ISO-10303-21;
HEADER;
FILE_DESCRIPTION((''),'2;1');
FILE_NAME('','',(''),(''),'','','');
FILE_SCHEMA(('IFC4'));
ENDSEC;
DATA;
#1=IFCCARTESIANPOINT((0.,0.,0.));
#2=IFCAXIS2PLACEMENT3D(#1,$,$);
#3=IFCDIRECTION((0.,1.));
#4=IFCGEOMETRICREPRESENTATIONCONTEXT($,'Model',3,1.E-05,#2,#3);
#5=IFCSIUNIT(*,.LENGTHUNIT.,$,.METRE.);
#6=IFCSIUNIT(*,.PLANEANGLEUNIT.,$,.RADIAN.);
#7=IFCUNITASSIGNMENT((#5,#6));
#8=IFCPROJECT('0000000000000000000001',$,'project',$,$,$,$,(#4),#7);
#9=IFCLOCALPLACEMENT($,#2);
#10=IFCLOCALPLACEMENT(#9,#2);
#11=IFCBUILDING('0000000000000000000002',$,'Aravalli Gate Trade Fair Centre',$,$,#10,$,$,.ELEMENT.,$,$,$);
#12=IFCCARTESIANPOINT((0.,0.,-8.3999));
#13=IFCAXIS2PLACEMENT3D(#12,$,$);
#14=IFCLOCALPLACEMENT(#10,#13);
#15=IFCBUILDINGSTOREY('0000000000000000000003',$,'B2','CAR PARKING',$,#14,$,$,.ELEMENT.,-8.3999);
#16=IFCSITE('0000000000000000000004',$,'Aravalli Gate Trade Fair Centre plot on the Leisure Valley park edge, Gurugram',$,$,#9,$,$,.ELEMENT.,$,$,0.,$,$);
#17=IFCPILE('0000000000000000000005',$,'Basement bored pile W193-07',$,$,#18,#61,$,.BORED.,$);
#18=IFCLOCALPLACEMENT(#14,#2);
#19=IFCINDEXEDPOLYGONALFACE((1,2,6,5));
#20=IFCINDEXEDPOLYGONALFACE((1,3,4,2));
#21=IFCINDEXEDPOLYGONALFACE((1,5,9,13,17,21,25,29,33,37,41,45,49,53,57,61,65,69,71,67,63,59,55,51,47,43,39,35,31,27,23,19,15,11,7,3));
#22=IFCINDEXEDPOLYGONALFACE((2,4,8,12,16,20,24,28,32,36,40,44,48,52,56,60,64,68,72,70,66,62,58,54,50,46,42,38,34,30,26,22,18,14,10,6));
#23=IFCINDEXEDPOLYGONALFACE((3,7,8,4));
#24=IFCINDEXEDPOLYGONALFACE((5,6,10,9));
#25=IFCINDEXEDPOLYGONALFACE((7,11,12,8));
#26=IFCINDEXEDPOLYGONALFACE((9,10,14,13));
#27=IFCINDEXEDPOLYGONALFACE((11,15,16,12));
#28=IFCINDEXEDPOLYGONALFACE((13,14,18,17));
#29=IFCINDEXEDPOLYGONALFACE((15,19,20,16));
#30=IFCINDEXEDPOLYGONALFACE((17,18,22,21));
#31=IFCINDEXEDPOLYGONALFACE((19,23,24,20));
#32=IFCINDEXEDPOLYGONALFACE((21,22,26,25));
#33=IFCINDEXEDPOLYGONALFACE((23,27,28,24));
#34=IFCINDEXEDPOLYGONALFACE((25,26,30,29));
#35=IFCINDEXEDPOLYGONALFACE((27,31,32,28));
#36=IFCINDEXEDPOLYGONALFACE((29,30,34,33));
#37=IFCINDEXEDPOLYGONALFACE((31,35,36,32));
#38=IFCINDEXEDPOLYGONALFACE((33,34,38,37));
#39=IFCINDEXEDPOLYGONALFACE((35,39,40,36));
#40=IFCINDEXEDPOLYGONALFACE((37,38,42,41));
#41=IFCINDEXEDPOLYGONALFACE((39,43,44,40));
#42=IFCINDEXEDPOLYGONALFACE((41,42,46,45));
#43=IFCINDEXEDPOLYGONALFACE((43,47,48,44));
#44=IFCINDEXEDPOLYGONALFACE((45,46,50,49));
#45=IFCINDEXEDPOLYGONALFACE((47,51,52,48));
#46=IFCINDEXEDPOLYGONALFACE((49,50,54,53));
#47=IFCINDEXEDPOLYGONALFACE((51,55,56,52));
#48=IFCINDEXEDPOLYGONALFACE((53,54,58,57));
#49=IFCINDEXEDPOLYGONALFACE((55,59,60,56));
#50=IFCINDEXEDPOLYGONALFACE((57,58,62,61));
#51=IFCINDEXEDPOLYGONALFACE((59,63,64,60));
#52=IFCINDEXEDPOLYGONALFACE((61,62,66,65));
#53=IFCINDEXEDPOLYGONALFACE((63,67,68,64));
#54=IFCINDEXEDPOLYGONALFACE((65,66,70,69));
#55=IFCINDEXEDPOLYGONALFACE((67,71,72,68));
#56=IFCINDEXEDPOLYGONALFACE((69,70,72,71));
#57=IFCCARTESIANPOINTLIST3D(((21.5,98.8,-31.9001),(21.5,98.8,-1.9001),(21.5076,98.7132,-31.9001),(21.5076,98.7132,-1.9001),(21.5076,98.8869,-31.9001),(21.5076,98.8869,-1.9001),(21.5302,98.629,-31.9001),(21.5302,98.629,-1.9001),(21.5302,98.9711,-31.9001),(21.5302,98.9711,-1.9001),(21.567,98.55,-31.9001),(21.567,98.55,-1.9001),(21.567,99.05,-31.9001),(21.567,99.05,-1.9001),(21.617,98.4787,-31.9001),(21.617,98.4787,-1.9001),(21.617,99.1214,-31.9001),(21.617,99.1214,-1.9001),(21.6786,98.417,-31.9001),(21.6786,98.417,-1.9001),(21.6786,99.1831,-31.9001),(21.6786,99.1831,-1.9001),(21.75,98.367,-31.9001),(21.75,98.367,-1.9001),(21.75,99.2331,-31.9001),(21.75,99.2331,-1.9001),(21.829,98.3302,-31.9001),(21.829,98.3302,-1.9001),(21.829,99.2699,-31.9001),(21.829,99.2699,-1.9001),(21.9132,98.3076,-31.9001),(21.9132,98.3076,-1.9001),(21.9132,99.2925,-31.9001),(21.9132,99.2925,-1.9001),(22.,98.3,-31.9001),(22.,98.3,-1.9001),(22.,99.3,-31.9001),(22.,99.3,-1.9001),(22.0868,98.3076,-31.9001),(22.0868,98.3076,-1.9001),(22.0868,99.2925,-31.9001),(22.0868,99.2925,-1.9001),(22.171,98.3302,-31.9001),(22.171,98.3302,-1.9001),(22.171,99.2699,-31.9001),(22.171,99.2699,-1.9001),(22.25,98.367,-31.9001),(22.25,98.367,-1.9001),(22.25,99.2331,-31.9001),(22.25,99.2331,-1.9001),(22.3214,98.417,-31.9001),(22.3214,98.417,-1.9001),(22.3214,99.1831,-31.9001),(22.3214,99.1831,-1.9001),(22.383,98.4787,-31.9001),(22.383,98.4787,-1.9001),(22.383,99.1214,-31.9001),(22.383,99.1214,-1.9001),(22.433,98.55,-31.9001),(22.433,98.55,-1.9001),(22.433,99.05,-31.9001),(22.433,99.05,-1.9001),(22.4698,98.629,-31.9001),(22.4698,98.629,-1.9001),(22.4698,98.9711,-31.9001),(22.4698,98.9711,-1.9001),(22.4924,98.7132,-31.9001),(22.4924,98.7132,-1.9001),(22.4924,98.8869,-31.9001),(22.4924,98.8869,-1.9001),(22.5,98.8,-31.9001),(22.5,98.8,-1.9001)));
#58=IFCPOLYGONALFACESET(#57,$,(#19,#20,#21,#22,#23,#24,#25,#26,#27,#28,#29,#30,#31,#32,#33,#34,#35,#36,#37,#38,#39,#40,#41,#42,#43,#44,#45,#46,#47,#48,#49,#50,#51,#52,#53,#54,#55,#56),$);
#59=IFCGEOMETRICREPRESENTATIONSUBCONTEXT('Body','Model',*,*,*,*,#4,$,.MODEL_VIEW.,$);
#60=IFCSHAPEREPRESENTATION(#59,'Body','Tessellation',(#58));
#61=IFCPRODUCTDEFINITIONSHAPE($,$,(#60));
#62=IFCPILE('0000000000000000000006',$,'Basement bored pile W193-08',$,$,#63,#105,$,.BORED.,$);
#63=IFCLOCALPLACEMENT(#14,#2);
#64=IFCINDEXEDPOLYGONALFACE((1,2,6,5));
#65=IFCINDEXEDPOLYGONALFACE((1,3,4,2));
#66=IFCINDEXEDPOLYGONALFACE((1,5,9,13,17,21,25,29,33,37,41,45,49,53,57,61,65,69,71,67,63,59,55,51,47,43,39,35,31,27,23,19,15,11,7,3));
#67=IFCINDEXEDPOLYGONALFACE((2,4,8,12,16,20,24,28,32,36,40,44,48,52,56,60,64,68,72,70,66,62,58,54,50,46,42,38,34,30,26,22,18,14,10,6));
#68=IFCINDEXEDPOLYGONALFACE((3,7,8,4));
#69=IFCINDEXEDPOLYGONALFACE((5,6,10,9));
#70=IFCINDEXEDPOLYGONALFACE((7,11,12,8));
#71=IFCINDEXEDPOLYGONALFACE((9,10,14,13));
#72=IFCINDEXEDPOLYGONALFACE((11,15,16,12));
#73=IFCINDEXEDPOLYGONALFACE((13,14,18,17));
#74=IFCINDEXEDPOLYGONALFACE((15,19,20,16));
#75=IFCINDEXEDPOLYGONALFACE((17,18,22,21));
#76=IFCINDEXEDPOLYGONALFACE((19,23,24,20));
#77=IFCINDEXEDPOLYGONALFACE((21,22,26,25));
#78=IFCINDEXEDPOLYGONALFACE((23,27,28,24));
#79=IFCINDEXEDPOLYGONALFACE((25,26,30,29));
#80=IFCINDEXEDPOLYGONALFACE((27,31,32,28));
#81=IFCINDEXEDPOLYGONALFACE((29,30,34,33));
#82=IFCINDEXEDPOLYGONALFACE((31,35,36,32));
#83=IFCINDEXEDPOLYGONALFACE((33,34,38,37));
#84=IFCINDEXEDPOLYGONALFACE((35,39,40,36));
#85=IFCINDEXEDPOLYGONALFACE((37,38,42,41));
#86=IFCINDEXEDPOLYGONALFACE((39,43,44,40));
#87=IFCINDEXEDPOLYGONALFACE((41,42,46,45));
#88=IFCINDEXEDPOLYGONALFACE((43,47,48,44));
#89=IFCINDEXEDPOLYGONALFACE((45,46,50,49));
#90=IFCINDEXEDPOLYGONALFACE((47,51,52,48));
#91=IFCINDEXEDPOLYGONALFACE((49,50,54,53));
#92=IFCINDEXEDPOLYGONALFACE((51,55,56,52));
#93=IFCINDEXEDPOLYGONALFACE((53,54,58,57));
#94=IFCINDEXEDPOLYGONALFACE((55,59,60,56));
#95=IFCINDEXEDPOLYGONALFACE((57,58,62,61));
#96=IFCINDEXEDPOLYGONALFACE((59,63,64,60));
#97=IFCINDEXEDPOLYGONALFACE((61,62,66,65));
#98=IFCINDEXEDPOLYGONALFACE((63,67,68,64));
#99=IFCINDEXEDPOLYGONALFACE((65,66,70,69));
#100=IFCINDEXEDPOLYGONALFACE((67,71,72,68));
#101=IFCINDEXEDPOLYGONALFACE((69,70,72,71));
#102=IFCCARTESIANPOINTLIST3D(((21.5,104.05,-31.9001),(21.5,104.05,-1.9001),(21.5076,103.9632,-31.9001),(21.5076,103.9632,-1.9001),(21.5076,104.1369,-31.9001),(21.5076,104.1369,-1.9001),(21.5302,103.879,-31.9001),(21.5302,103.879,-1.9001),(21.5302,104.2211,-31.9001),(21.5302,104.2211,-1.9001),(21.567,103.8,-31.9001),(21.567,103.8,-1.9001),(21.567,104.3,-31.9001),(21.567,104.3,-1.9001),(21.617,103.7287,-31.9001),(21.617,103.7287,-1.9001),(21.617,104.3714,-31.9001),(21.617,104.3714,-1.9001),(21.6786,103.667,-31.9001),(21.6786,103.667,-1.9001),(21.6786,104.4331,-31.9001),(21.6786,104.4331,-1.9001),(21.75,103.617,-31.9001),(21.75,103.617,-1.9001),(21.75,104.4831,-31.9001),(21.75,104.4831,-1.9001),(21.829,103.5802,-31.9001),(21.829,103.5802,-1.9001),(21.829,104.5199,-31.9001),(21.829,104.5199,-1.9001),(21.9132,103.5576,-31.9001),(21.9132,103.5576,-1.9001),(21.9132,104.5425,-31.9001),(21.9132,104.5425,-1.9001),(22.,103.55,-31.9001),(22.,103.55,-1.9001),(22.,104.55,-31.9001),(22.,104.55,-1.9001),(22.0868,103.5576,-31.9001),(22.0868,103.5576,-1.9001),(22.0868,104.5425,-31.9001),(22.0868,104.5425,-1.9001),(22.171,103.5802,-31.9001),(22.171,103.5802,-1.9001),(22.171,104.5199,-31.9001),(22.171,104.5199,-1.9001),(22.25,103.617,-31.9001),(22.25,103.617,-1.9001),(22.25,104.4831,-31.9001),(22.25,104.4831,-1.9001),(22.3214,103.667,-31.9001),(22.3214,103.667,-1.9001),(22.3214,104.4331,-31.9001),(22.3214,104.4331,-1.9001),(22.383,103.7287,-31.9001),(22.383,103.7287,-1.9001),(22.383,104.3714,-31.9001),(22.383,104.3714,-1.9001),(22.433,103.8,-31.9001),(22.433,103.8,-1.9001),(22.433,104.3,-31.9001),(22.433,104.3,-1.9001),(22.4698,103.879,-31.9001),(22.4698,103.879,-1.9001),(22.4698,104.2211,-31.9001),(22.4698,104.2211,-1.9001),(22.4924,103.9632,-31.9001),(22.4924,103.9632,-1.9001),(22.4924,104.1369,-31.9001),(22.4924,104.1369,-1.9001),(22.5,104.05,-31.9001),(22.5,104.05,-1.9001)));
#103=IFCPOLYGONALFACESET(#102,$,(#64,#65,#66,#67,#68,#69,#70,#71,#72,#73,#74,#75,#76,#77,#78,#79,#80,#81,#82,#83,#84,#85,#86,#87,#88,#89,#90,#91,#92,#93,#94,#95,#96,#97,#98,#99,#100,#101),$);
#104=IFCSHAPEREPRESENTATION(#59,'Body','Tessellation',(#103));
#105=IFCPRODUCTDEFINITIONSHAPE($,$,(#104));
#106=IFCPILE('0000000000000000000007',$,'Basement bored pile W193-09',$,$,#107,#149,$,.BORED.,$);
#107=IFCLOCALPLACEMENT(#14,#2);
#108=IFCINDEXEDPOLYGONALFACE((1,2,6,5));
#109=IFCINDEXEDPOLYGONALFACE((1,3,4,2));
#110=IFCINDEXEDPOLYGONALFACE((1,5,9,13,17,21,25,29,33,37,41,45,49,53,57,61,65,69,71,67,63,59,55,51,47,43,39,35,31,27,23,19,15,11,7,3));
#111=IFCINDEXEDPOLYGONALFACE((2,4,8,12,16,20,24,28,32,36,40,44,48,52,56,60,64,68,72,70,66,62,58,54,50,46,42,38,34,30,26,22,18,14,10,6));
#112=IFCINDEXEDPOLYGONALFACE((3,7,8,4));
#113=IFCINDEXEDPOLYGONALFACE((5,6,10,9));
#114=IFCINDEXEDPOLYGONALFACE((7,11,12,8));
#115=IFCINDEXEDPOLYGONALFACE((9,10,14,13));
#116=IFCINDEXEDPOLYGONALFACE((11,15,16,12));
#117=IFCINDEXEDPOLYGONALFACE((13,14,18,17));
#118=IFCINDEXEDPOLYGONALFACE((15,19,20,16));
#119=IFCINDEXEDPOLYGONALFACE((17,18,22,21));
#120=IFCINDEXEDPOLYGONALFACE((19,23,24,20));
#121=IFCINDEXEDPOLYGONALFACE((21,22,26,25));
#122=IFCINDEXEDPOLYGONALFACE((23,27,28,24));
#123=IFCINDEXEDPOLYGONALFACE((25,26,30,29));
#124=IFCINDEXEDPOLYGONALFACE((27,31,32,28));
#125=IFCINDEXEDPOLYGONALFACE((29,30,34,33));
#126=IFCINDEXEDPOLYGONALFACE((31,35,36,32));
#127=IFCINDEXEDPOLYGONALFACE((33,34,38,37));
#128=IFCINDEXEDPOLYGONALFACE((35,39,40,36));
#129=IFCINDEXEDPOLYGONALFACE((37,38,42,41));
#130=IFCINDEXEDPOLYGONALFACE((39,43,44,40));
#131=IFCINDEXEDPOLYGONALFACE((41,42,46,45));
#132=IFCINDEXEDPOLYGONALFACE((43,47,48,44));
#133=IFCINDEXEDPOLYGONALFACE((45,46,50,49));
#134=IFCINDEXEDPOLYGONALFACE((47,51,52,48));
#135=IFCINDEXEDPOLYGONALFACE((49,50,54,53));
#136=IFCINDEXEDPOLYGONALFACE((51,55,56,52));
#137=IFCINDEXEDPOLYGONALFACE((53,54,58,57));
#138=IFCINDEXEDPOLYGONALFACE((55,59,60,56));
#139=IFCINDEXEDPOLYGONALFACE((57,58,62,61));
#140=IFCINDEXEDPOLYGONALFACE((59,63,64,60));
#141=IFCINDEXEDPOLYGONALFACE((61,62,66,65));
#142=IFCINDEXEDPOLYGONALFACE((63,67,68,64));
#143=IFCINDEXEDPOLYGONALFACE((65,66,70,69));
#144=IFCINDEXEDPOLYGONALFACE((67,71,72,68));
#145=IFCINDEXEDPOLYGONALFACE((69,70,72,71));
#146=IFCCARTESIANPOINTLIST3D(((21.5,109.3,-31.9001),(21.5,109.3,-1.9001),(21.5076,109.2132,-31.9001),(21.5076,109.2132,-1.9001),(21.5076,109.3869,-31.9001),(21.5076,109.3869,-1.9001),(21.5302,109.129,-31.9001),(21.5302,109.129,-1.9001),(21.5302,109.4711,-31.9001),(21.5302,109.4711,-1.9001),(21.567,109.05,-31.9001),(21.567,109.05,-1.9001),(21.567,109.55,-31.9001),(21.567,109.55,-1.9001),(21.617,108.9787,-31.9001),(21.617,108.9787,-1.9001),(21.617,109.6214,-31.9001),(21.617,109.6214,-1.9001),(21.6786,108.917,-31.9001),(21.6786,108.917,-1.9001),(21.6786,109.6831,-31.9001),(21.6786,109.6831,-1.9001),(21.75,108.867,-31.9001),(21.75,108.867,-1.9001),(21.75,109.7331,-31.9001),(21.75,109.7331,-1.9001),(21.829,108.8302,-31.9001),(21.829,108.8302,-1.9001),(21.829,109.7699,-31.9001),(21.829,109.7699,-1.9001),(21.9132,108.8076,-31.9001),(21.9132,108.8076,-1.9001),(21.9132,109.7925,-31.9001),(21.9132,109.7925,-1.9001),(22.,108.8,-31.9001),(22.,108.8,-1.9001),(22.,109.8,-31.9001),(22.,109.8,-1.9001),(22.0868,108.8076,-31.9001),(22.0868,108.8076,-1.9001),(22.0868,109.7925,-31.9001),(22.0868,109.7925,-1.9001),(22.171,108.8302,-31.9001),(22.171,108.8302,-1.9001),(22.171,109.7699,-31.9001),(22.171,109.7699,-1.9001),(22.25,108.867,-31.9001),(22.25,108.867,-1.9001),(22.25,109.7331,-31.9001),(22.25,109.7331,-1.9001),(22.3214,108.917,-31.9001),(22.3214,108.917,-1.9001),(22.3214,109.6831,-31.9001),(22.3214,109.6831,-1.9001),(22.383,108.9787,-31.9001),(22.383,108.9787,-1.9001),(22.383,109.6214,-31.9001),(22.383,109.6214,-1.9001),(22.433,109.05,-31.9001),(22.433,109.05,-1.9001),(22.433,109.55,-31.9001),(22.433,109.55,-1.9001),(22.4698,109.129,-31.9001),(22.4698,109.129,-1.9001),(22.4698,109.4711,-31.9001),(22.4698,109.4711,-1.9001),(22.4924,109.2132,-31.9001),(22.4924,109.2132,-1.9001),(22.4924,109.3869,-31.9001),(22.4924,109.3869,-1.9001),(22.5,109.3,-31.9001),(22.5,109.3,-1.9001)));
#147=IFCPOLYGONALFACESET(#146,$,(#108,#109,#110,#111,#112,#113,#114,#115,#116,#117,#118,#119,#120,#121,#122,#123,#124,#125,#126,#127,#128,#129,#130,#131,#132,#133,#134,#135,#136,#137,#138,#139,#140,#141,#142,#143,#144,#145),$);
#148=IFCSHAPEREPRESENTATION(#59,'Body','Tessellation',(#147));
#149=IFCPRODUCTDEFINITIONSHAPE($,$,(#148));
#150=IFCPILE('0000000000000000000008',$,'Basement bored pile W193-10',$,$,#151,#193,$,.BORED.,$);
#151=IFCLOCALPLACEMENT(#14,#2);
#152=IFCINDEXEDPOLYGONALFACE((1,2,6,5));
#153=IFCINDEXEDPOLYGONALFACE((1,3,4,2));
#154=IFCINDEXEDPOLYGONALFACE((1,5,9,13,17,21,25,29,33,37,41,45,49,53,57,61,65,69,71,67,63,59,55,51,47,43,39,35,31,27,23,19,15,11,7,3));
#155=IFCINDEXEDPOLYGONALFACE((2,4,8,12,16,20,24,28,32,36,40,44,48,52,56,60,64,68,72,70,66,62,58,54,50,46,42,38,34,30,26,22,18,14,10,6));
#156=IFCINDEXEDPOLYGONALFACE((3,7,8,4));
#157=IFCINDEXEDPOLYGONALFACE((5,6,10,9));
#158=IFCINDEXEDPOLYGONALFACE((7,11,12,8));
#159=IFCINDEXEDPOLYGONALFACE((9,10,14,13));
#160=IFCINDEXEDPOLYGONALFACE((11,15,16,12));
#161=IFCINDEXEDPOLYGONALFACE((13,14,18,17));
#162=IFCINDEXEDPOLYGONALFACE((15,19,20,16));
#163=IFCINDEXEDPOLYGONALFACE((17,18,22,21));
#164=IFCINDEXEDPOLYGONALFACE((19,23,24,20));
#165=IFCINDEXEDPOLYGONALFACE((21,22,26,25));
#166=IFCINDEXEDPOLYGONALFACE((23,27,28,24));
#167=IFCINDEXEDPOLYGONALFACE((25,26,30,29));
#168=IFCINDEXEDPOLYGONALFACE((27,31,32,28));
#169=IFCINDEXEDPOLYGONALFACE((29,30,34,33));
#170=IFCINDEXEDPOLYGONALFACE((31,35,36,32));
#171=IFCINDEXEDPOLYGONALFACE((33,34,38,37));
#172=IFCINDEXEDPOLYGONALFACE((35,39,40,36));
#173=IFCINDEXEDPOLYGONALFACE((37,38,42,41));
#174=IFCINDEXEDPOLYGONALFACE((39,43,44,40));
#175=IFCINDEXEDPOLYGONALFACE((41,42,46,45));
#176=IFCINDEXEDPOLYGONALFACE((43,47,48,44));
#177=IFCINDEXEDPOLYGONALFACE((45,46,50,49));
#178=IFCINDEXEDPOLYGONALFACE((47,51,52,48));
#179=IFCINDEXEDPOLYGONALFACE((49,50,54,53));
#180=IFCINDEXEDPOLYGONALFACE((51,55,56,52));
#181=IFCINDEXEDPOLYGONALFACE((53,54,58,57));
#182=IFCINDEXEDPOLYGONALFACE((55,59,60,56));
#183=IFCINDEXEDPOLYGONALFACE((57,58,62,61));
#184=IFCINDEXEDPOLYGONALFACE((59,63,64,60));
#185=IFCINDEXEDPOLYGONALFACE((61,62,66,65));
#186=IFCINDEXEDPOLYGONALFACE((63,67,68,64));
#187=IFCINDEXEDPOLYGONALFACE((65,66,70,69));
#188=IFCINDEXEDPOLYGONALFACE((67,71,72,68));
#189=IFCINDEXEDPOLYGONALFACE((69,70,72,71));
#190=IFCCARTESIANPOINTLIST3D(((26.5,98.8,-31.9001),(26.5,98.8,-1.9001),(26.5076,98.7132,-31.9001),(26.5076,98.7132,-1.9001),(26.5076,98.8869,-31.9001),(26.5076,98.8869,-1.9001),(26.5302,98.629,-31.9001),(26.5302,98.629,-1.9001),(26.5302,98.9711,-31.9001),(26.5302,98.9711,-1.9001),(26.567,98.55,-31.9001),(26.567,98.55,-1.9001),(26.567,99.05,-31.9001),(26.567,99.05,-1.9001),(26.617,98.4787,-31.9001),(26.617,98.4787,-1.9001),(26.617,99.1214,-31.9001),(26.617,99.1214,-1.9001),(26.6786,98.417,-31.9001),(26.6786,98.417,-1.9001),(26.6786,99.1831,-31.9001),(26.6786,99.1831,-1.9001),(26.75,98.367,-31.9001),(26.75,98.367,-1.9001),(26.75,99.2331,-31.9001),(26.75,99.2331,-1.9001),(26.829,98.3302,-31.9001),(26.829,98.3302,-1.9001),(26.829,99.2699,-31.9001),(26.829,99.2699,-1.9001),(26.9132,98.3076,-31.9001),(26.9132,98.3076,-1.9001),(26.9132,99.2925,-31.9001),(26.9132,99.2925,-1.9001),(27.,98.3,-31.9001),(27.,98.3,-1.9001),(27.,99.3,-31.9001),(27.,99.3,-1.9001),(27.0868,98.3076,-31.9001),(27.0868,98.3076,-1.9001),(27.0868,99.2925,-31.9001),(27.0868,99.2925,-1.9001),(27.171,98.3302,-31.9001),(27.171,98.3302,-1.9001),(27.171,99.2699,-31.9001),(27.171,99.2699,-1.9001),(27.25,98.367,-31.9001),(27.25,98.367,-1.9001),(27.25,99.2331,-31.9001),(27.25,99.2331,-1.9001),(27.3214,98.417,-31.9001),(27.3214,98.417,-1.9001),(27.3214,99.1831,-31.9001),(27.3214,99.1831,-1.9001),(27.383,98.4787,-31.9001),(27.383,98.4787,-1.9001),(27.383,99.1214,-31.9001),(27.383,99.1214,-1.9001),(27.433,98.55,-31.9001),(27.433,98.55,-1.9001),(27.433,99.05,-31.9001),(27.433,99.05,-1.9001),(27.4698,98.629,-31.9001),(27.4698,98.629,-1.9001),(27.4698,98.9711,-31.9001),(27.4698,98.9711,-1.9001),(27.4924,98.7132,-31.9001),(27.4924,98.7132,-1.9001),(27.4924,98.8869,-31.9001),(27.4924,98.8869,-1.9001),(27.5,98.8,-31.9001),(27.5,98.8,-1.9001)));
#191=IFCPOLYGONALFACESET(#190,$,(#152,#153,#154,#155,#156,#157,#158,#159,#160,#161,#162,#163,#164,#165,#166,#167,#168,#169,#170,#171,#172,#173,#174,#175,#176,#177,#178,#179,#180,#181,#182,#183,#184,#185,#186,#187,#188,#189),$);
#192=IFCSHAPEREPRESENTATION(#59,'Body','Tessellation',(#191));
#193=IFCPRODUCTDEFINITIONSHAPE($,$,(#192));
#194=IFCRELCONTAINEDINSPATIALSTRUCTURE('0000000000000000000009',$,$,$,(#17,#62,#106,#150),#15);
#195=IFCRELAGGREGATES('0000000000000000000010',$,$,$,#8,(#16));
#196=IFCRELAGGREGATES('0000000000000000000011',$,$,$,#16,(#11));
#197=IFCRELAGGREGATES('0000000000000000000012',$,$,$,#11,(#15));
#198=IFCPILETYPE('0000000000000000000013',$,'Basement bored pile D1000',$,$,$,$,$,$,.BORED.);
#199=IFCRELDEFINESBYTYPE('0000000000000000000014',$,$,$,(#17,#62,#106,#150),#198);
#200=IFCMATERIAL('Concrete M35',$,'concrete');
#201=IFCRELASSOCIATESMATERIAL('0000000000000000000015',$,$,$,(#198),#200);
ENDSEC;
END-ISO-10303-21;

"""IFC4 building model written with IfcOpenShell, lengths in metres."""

from ifc_helpers import new_model, si_unit, direction, frame, origin, origin_2d, place, context, subcontext, project, spatial, circle, extrude, material, material_profile, profile_set, type_object, element, save


model = new_model("IFC4")

# Units and contexts
model_context = context("Model", 3, precision=1e-05, world=origin(), true_north=direction((0.0, 1.0)))
body_context = subcontext(model_context, "Body", "Model", "MODEL_VIEW")
ifc_project = project(units=[si_unit("LENGTHUNIT", "METRE"), si_unit("PLANEANGLEUNIT", "RADIAN")], contexts=[model_context])

# Site, building, storey
site_placement = place(None, origin())
site = spatial("IfcSite", under=ifc_project, at=site_placement, Name="Aravalli Gate Trade Fair Centre plot on the Leisure Valley park edge, Gurugram", CompositionType="ELEMENT", RefElevation=0.0)
building_placement = place(site_placement, origin())
building = spatial("IfcBuilding", under=site, at=building_placement, Name="Aravalli Gate Trade Fair Centre", CompositionType="ELEMENT")
storey_placement = place(building_placement, frame((0.0, 0.0, -8.3999)))
storey = spatial("IfcBuildingStorey", under=building, at=storey_placement, Name="B2", Description="CAR PARKING", CompositionType="ELEMENT", Elevation=-8.3999)

# Piles
ifc_material_1 = material(Name="Concrete M35", Category="concrete")
ifc_material_profile_1 = material_profile(ifc_material_1, circle(Radius=0.5, at=origin_2d()), Name="D1000")
ifc_profile_set_1 = profile_set([ifc_material_profile_1], Name="Concrete M35")
pile_type = type_object("IfcPileType", Name="Basement bored pile D1000", PredefinedType="BORED", material=ifc_profile_set_1)
for number, where, z_axis, x_axis, name in (
    (1, (22.0, 98.8, -1.9001), (0.0, 0.0, -1.0), (1.0, 0.0, 0.0), "Basement bored pile W193-07"),
    (2, (22.0, 104.05, -1.9001), (0.0, 0.0, -1.0), (1.0, 0.0, 0.0), "Basement bored pile W193-08"),
    (3, (22.0, 109.3, -1.9001), (0.0, 0.0, -1.0), (1.0, 0.0, 0.0), "Basement bored pile W193-09"),
    (4, (27.0, 98.8, -1.9001), (0.0, 0.0, -1.0), (1.0, 0.0, 0.0), "Basement bored pile W193-10"),
):
    element("IfcPile", number, at=place(storey_placement, frame(where, z_axis=z_axis, x_axis=x_axis)), inside=storey, type_object=pile_type, Name=name, PredefinedType="BORED", context=body_context, shape_type="SweptSolid", body=[
        extrude(circle(Radius=0.5, at=origin_2d()), origin(), (0.0, 0.0, 1.0), 30.0),
    ])

save(model, "model.ifc")
